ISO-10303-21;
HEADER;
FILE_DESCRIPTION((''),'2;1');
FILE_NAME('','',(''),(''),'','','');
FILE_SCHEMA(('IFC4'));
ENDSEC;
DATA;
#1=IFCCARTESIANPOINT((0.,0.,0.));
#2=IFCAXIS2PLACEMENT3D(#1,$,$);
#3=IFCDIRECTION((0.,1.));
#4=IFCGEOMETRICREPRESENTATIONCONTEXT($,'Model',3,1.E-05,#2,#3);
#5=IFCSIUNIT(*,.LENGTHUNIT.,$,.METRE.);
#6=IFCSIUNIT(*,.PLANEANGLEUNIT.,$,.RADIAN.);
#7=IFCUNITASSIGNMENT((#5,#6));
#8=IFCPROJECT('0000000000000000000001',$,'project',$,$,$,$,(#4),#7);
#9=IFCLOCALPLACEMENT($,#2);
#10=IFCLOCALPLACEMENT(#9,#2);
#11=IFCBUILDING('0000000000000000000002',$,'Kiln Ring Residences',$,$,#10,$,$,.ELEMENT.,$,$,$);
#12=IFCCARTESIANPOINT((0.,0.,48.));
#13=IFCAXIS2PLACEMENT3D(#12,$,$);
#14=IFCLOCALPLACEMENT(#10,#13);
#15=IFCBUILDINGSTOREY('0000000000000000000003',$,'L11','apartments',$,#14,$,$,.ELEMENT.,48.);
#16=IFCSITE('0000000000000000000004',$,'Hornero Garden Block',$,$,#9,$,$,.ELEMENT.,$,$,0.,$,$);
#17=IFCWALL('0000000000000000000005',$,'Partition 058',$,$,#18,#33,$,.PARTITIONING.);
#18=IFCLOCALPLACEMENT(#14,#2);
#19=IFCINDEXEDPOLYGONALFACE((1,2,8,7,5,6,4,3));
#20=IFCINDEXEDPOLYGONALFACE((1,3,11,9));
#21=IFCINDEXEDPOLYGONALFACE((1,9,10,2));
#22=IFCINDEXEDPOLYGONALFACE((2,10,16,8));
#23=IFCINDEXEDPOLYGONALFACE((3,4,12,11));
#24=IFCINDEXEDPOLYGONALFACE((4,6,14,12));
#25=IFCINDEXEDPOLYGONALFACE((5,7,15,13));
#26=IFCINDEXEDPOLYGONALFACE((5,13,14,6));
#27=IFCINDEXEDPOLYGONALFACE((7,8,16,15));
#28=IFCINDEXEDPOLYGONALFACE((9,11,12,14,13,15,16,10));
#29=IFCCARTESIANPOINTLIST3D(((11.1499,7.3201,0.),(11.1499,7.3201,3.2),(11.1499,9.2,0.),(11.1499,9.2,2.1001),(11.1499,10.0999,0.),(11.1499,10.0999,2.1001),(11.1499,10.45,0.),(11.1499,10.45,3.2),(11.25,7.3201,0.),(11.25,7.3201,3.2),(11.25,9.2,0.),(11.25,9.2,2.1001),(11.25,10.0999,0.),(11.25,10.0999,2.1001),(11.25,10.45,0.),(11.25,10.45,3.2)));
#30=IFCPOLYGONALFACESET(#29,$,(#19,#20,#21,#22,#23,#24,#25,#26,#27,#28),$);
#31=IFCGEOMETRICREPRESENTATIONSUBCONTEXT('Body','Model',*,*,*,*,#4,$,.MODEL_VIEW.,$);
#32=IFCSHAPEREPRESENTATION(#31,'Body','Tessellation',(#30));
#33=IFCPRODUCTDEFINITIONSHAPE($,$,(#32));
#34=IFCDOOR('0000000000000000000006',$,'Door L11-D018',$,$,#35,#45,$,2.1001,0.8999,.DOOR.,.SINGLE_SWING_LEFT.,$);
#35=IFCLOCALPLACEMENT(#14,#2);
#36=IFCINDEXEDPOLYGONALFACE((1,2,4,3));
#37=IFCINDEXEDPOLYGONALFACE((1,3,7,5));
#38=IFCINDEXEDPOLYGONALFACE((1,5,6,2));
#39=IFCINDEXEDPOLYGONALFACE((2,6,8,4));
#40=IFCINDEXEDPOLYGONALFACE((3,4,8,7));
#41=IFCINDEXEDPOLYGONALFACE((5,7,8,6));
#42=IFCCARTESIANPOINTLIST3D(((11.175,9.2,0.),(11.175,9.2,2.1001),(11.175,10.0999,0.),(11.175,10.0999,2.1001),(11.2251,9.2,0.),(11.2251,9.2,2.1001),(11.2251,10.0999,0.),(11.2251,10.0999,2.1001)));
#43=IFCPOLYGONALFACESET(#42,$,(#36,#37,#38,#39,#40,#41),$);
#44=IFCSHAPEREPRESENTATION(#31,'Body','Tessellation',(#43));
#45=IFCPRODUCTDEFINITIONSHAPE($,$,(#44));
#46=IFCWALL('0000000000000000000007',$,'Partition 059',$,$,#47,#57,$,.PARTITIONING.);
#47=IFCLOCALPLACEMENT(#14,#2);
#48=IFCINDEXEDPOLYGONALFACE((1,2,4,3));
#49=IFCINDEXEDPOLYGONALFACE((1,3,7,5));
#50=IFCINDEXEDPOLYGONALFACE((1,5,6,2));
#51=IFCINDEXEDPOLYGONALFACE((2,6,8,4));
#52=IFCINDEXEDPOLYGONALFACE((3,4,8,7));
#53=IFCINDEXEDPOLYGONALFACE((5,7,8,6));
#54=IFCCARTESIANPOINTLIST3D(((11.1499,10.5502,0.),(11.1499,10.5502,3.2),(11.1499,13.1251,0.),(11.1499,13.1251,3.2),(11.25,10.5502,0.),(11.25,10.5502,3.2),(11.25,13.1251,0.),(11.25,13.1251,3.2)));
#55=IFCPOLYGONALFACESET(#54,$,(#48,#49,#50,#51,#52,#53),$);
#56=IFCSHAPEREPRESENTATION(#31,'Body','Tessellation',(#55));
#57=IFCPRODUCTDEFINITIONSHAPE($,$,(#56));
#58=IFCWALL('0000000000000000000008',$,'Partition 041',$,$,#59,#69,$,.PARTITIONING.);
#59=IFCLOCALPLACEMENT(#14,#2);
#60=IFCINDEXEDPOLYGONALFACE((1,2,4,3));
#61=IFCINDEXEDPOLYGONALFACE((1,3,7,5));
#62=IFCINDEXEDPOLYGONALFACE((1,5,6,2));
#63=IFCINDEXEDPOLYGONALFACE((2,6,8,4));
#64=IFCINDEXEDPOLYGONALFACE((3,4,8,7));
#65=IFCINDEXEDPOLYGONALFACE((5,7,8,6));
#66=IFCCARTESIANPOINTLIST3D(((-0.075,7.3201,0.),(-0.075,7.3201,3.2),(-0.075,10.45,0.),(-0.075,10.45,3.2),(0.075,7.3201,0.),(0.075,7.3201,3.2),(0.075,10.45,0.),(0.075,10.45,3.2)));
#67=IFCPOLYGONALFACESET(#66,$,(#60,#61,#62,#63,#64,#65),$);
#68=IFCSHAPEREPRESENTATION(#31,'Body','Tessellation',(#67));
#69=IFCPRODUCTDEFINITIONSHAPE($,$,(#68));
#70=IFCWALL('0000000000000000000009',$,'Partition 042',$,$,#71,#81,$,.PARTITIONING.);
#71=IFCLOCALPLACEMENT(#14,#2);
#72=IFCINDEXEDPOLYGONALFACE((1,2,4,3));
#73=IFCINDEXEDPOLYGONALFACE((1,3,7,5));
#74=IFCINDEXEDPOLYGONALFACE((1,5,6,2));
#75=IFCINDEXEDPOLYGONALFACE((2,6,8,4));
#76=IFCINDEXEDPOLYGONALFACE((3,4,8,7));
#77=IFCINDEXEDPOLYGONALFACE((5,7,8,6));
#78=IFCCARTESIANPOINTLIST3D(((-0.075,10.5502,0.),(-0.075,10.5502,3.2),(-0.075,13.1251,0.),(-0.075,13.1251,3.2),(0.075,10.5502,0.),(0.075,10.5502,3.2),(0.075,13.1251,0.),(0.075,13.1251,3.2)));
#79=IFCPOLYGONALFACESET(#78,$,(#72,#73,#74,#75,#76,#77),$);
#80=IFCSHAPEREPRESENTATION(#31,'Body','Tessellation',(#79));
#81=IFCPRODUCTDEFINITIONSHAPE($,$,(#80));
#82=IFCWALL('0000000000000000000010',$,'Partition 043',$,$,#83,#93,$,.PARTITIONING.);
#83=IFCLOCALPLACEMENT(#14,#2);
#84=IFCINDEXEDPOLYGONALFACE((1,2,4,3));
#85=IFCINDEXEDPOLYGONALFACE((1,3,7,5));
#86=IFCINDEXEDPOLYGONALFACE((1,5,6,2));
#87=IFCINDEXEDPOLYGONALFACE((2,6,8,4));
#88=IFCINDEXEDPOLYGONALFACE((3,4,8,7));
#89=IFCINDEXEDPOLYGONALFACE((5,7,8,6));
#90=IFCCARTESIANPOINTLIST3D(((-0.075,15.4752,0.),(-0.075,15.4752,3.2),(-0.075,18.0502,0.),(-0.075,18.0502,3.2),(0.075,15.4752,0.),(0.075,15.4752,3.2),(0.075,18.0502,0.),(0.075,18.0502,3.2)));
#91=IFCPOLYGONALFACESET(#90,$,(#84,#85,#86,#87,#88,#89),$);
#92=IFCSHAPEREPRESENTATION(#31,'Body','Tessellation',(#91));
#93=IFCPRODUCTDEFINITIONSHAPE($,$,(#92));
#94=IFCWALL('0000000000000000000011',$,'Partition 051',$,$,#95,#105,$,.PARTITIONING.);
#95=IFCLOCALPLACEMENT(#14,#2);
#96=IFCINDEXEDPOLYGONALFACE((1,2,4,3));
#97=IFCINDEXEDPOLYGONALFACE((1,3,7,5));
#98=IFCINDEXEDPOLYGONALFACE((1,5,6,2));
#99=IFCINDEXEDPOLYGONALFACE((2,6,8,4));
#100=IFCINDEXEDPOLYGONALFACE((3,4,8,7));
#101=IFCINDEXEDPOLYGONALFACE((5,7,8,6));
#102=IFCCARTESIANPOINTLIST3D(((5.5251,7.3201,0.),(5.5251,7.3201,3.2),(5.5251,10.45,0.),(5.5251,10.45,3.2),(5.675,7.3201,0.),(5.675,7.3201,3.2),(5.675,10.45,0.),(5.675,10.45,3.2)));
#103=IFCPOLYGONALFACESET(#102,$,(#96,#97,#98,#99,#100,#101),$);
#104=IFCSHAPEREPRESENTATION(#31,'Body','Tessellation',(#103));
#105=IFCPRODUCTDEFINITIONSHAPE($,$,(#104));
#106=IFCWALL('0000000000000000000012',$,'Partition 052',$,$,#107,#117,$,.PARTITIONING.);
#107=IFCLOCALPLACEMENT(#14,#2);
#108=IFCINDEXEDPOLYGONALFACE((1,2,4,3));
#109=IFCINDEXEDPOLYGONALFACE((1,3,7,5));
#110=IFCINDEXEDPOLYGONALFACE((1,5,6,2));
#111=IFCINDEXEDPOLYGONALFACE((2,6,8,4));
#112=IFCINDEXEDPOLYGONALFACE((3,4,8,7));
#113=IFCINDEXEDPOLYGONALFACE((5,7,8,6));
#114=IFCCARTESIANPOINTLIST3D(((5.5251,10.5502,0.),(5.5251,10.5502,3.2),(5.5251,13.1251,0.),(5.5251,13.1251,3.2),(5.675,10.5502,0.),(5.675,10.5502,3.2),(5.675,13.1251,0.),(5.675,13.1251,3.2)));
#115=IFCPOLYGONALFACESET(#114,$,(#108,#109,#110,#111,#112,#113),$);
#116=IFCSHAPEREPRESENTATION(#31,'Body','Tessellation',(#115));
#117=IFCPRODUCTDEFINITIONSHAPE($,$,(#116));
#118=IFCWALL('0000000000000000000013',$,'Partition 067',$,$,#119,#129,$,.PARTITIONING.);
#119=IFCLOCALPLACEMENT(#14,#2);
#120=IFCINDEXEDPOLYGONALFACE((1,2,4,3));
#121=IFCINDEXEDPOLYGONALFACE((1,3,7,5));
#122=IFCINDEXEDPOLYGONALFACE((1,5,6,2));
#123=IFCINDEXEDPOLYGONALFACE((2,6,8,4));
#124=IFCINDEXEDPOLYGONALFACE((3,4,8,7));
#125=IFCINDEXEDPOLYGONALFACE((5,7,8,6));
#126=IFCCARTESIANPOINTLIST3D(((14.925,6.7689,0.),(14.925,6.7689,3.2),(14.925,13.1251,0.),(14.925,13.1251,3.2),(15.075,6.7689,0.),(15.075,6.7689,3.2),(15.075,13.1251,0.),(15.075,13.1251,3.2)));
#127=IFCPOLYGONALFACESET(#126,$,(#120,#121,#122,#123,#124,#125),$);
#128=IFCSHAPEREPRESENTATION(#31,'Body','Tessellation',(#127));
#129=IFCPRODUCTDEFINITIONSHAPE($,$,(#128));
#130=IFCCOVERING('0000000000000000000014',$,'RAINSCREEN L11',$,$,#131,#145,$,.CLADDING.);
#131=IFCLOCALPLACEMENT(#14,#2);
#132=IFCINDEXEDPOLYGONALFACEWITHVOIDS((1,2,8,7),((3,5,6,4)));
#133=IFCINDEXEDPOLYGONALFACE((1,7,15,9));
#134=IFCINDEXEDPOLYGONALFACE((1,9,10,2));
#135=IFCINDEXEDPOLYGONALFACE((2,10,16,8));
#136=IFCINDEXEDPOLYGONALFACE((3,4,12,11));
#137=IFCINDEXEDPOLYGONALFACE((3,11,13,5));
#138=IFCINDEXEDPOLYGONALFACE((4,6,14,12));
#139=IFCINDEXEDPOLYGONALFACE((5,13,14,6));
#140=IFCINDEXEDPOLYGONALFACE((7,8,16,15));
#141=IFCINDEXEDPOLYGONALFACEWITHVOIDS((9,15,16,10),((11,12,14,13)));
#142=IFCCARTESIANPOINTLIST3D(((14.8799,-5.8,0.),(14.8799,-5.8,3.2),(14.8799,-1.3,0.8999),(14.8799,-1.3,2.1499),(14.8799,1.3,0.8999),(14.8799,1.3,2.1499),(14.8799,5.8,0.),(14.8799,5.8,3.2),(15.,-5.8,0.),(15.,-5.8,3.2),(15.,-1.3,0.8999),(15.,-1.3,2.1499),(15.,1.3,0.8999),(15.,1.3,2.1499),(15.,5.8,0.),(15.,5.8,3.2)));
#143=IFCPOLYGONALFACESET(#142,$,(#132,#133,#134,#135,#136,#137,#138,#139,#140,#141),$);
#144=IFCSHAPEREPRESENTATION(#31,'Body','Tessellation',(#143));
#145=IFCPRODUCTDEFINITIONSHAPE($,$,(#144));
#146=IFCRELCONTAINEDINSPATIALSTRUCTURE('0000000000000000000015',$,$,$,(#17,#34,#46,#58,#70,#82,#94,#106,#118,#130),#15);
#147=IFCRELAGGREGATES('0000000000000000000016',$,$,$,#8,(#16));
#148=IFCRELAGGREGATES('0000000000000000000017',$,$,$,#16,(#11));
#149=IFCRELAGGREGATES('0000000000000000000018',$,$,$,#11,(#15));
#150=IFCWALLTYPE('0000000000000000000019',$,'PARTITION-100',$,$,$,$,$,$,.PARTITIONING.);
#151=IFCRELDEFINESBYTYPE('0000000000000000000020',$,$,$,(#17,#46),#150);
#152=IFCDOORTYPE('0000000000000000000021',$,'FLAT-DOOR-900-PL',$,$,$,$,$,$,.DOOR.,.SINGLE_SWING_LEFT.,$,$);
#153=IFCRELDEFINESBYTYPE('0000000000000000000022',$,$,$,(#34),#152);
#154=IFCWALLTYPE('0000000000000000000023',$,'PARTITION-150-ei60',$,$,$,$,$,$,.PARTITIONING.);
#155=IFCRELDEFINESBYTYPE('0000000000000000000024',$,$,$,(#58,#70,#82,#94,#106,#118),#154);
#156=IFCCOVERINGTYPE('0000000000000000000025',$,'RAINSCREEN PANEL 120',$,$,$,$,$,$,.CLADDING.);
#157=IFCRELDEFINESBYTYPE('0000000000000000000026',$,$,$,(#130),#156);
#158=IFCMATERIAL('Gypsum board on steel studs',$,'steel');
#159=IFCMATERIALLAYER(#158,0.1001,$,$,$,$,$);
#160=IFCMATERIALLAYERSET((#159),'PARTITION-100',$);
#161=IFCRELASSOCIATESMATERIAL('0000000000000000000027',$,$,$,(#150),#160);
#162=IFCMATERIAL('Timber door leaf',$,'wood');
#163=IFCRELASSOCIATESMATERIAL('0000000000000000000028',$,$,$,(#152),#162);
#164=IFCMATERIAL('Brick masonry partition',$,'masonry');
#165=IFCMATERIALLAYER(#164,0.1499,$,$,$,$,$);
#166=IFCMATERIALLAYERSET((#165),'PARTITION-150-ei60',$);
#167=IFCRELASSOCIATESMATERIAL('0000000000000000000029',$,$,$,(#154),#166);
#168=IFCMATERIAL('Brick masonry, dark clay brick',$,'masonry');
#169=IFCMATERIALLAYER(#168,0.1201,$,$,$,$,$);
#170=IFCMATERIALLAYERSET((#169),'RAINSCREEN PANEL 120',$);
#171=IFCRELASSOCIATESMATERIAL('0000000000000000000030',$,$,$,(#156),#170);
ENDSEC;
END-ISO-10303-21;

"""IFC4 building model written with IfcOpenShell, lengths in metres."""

from ifc_helpers import new_model, si_unit, direction, frame, frame_2d, origin, place, context, subcontext, project, spatial, polyline, rectangle, outline, extrude, material, layer, layer_set, type_object, element, fill, save


model = new_model("IFC4")

# Units and contexts
model_context = context("Model", 3, precision=1e-05, world=origin(), true_north=direction((0.0, 1.0)))
body_context = subcontext(model_context, "Body", "Model", "MODEL_VIEW")
ifc_project = project(units=[si_unit("LENGTHUNIT", "METRE"), si_unit("PLANEANGLEUNIT", "RADIAN")], contexts=[model_context])

# Site, building, storey
site_placement = place(None, origin())
site = spatial("IfcSite", under=ifc_project, at=site_placement, Name="Hornero Garden Block", CompositionType="ELEMENT", RefElevation=0.0)
building_placement = place(site_placement, origin())
building = spatial("IfcBuilding", under=site, at=building_placement, Name="Kiln Ring Residences", CompositionType="ELEMENT")
storey_placement = place(building_placement, frame((0.0, 0.0, 48.0)))
storey = spatial("IfcBuildingStorey", under=building, at=storey_placement, Name="L11", Description="apartments", CompositionType="ELEMENT", Elevation=48.0)

# Shared definitions
ifc_material_1 = material(Name="Gypsum board on steel studs", Category="steel")
ifc_layer_1 = layer(ifc_material_1, 0.1001)
ifc_layer_set_1 = layer_set([ifc_layer_1], Name="PARTITION-100")
wall_type_1 = type_object("IfcWallType", Name="PARTITION-100", PredefinedType="PARTITIONING", material=ifc_layer_set_1)

# Wall, opening, door
wall_1_placement = place(storey_placement, frame((11.2, 7.3201, 0.0), z_axis=(0.0, 0.0, 1.0), x_axis=(0.0, 1.0, 0.0)))
wall_1 = element("IfcWall", 1, at=wall_1_placement, inside=storey, type_object=wall_type_1, Name="Partition 058", PredefinedType="PARTITIONING", context=body_context, shape_type="SweptSolid", body=[
    extrude(rectangle(XDim=3.1299, YDim=0.1001, at=frame_2d((1.5649, 0.0))), origin(), (0.0, 0.0, 1.0), 3.2),
])
opening_placement = place(wall_1_placement, frame((1.8799, 0.0, 0.0)))
opening = element("IfcOpeningElement", 2, at=opening_placement, cuts=wall_1, PredefinedType="OPENING", context=body_context, shape_type="SweptSolid", body=[
    extrude(rectangle(XDim=0.8999, YDim=2.1001, at=frame_2d((0.45, 1.05))), frame((0.0, 0.0601, 0.0), z_axis=(0.0, -1.0, 0.0), x_axis=(1.0, 0.0, 0.0)), (0.0, 0.0, 1.0), 0.1201),
])
ifc_material_2 = material(Name="Timber door leaf", Category="wood")
door_type = type_object("IfcDoorType", Name="FLAT-DOOR-900-PL", OperationType="SINGLE_SWING_LEFT", PredefinedType="DOOR", material=ifc_material_2)
door_placement = place(opening_placement, origin())
door = element("IfcDoor", 3, at=door_placement, inside=storey, type_object=door_type, Name="Door L11-D018", OperationType="SINGLE_SWING_LEFT", OverallHeight=2.1001, OverallWidth=0.8999, PredefinedType="DOOR", context=body_context, shape_type="SweptSolid", body=[
    extrude(rectangle(XDim=0.8999, YDim=2.1001, at=frame_2d((0.45, 1.05))), frame((0.0, 0.0249, 0.0), z_axis=(0.0, -1.0, 0.0), x_axis=(1.0, 0.0, 0.0)), (0.0, 0.0, 1.0), 0.05),
])
fill(opening, door)

# Walls
wall_2_placement = place(storey_placement, frame((11.2, 10.55, 0.0), z_axis=(0.0, 0.0, 1.0), x_axis=(0.0, 1.0, 0.0)))
element("IfcWall", 4, at=wall_2_placement, inside=storey, type_object=wall_type_1, Name="Partition 059", PredefinedType="PARTITIONING", context=body_context, shape_type="SweptSolid", body=[
    extrude(rectangle(XDim=2.575, YDim=0.1001, at=frame_2d((1.2876, 0.0))), origin(), (0.0, 0.0, 1.0), 3.2),
])
ifc_material_3 = material(Name="Brick masonry partition", Category="masonry")
ifc_layer_2 = layer(ifc_material_3, 0.1499)
ifc_layer_set_2 = layer_set([ifc_layer_2], Name="PARTITION-150-ei60")
wall_type_2 = type_object("IfcWallType", Name="PARTITION-150-ei60", PredefinedType="PARTITIONING", material=ifc_layer_set_2)
wall_3_placement = place(storey_placement, frame((0.0, 7.3201, 0.0), z_axis=(0.0, 0.0, 1.0), x_axis=(0.0, 1.0, 0.0)))
element("IfcWall", 5, at=wall_3_placement, inside=storey, type_object=wall_type_2, Name="Partition 041", PredefinedType="PARTITIONING", context=body_context, shape_type="SweptSolid", body=[
    extrude(rectangle(XDim=3.1299, YDim=0.1499, at=frame_2d((1.5649, 0.0))), origin(), (0.0, 0.0, 1.0), 3.2),
])
for number, where, z_axis, x_axis, name in (
    (6, (0.0, 10.55, 0.0), (0.0, 0.0, 1.0), (0.0, 1.0, 0.0), "Partition 042"),
    (7, (0.0, 15.4751, 0.0), (0.0, 0.0, 1.0), (0.0, 1.0, 0.0), "Partition 043"),
):
    element("IfcWall", number, at=place(storey_placement, frame(where, z_axis=z_axis, x_axis=x_axis)), inside=storey, type_object=wall_type_2, Name=name, PredefinedType="PARTITIONING", context=body_context, shape_type="SweptSolid", body=[
        extrude(rectangle(XDim=2.575, YDim=0.1499, at=frame_2d((1.2876, 0.0))), origin(), (0.0, 0.0, 1.0), 3.2),
    ])
wall_4_placement = place(storey_placement, frame((5.6001, 7.3201, 0.0), z_axis=(0.0, 0.0, 1.0), x_axis=(0.0, 1.0, 0.0)))
element("IfcWall", 8, at=wall_4_placement, inside=storey, type_object=wall_type_2, Name="Partition 051", PredefinedType="PARTITIONING", context=body_context, shape_type="SweptSolid", body=[
    extrude(rectangle(XDim=3.1299, YDim=0.1499, at=frame_2d((1.5649, 0.0))), origin(), (0.0, 0.0, 1.0), 3.2),
])
wall_5_placement = place(storey_placement, frame((5.6001, 10.55, 0.0), z_axis=(0.0, 0.0, 1.0), x_axis=(0.0, 1.0, 0.0)))
element("IfcWall", 9, at=wall_5_placement, inside=storey, type_object=wall_type_2, Name="Partition 052", PredefinedType="PARTITIONING", context=body_context, shape_type="SweptSolid", body=[
    extrude(rectangle(XDim=2.575, YDim=0.1499, at=frame_2d((1.2876, 0.0))), origin(), (0.0, 0.0, 1.0), 3.2),
])
wall_6_placement = place(storey_placement, frame((15.0, 6.7688, 0.0), z_axis=(0.0, 0.0, 1.0), x_axis=(0.0, 1.0, 0.0)))
element("IfcWall", 10, at=wall_6_placement, inside=storey, type_object=wall_type_2, Name="Partition 067", PredefinedType="PARTITIONING", context=body_context, shape_type="SweptSolid", body=[
    extrude(rectangle(XDim=6.3562, YDim=0.1499, at=frame_2d((3.1782, 0.0))), origin(), (0.0, 0.0, 1.0), 3.2),
])

# Covering
ifc_material_4 = material(Name="Brick masonry, dark clay brick", Category="masonry")
ifc_layer_3 = layer(ifc_material_4, 0.1201)
ifc_layer_set_3 = layer_set([ifc_layer_3], Name="RAINSCREEN PANEL 120")
covering_type = type_object("IfcCoveringType", Name="RAINSCREEN PANEL 120", PredefinedType="CLADDING", material=ifc_layer_set_3)
covering_placement = place(storey_placement, frame((14.9399, 5.8, 0.0), z_axis=(0.0, 0.0, 1.0), x_axis=(0.0, -1.0, 0.0)))
element("IfcCovering", 11, at=covering_placement, inside=storey, type_object=covering_type, Name="RAINSCREEN L11", PredefinedType="CLADDING", context=body_context, shape_type="SweptSolid", body=[
    extrude(outline(polyline([(0.0, 0.0), (11.6001, 0.0), (11.6001, 3.2), (0.0, 3.2), (0.0, 0.0)]), holes=[polyline([(4.5, 2.1499), (4.5, 0.8999), (7.1001, 0.8999), (7.1001, 2.1499), (4.5, 2.1499)])]), frame((0.0, 0.0601, 0.0), z_axis=(0.0, -1.0, 0.0), x_axis=(1.0, 0.0, 0.0)), (0.0, 0.0, 1.0), 0.1201),
])

save(model, "model.ifc")
